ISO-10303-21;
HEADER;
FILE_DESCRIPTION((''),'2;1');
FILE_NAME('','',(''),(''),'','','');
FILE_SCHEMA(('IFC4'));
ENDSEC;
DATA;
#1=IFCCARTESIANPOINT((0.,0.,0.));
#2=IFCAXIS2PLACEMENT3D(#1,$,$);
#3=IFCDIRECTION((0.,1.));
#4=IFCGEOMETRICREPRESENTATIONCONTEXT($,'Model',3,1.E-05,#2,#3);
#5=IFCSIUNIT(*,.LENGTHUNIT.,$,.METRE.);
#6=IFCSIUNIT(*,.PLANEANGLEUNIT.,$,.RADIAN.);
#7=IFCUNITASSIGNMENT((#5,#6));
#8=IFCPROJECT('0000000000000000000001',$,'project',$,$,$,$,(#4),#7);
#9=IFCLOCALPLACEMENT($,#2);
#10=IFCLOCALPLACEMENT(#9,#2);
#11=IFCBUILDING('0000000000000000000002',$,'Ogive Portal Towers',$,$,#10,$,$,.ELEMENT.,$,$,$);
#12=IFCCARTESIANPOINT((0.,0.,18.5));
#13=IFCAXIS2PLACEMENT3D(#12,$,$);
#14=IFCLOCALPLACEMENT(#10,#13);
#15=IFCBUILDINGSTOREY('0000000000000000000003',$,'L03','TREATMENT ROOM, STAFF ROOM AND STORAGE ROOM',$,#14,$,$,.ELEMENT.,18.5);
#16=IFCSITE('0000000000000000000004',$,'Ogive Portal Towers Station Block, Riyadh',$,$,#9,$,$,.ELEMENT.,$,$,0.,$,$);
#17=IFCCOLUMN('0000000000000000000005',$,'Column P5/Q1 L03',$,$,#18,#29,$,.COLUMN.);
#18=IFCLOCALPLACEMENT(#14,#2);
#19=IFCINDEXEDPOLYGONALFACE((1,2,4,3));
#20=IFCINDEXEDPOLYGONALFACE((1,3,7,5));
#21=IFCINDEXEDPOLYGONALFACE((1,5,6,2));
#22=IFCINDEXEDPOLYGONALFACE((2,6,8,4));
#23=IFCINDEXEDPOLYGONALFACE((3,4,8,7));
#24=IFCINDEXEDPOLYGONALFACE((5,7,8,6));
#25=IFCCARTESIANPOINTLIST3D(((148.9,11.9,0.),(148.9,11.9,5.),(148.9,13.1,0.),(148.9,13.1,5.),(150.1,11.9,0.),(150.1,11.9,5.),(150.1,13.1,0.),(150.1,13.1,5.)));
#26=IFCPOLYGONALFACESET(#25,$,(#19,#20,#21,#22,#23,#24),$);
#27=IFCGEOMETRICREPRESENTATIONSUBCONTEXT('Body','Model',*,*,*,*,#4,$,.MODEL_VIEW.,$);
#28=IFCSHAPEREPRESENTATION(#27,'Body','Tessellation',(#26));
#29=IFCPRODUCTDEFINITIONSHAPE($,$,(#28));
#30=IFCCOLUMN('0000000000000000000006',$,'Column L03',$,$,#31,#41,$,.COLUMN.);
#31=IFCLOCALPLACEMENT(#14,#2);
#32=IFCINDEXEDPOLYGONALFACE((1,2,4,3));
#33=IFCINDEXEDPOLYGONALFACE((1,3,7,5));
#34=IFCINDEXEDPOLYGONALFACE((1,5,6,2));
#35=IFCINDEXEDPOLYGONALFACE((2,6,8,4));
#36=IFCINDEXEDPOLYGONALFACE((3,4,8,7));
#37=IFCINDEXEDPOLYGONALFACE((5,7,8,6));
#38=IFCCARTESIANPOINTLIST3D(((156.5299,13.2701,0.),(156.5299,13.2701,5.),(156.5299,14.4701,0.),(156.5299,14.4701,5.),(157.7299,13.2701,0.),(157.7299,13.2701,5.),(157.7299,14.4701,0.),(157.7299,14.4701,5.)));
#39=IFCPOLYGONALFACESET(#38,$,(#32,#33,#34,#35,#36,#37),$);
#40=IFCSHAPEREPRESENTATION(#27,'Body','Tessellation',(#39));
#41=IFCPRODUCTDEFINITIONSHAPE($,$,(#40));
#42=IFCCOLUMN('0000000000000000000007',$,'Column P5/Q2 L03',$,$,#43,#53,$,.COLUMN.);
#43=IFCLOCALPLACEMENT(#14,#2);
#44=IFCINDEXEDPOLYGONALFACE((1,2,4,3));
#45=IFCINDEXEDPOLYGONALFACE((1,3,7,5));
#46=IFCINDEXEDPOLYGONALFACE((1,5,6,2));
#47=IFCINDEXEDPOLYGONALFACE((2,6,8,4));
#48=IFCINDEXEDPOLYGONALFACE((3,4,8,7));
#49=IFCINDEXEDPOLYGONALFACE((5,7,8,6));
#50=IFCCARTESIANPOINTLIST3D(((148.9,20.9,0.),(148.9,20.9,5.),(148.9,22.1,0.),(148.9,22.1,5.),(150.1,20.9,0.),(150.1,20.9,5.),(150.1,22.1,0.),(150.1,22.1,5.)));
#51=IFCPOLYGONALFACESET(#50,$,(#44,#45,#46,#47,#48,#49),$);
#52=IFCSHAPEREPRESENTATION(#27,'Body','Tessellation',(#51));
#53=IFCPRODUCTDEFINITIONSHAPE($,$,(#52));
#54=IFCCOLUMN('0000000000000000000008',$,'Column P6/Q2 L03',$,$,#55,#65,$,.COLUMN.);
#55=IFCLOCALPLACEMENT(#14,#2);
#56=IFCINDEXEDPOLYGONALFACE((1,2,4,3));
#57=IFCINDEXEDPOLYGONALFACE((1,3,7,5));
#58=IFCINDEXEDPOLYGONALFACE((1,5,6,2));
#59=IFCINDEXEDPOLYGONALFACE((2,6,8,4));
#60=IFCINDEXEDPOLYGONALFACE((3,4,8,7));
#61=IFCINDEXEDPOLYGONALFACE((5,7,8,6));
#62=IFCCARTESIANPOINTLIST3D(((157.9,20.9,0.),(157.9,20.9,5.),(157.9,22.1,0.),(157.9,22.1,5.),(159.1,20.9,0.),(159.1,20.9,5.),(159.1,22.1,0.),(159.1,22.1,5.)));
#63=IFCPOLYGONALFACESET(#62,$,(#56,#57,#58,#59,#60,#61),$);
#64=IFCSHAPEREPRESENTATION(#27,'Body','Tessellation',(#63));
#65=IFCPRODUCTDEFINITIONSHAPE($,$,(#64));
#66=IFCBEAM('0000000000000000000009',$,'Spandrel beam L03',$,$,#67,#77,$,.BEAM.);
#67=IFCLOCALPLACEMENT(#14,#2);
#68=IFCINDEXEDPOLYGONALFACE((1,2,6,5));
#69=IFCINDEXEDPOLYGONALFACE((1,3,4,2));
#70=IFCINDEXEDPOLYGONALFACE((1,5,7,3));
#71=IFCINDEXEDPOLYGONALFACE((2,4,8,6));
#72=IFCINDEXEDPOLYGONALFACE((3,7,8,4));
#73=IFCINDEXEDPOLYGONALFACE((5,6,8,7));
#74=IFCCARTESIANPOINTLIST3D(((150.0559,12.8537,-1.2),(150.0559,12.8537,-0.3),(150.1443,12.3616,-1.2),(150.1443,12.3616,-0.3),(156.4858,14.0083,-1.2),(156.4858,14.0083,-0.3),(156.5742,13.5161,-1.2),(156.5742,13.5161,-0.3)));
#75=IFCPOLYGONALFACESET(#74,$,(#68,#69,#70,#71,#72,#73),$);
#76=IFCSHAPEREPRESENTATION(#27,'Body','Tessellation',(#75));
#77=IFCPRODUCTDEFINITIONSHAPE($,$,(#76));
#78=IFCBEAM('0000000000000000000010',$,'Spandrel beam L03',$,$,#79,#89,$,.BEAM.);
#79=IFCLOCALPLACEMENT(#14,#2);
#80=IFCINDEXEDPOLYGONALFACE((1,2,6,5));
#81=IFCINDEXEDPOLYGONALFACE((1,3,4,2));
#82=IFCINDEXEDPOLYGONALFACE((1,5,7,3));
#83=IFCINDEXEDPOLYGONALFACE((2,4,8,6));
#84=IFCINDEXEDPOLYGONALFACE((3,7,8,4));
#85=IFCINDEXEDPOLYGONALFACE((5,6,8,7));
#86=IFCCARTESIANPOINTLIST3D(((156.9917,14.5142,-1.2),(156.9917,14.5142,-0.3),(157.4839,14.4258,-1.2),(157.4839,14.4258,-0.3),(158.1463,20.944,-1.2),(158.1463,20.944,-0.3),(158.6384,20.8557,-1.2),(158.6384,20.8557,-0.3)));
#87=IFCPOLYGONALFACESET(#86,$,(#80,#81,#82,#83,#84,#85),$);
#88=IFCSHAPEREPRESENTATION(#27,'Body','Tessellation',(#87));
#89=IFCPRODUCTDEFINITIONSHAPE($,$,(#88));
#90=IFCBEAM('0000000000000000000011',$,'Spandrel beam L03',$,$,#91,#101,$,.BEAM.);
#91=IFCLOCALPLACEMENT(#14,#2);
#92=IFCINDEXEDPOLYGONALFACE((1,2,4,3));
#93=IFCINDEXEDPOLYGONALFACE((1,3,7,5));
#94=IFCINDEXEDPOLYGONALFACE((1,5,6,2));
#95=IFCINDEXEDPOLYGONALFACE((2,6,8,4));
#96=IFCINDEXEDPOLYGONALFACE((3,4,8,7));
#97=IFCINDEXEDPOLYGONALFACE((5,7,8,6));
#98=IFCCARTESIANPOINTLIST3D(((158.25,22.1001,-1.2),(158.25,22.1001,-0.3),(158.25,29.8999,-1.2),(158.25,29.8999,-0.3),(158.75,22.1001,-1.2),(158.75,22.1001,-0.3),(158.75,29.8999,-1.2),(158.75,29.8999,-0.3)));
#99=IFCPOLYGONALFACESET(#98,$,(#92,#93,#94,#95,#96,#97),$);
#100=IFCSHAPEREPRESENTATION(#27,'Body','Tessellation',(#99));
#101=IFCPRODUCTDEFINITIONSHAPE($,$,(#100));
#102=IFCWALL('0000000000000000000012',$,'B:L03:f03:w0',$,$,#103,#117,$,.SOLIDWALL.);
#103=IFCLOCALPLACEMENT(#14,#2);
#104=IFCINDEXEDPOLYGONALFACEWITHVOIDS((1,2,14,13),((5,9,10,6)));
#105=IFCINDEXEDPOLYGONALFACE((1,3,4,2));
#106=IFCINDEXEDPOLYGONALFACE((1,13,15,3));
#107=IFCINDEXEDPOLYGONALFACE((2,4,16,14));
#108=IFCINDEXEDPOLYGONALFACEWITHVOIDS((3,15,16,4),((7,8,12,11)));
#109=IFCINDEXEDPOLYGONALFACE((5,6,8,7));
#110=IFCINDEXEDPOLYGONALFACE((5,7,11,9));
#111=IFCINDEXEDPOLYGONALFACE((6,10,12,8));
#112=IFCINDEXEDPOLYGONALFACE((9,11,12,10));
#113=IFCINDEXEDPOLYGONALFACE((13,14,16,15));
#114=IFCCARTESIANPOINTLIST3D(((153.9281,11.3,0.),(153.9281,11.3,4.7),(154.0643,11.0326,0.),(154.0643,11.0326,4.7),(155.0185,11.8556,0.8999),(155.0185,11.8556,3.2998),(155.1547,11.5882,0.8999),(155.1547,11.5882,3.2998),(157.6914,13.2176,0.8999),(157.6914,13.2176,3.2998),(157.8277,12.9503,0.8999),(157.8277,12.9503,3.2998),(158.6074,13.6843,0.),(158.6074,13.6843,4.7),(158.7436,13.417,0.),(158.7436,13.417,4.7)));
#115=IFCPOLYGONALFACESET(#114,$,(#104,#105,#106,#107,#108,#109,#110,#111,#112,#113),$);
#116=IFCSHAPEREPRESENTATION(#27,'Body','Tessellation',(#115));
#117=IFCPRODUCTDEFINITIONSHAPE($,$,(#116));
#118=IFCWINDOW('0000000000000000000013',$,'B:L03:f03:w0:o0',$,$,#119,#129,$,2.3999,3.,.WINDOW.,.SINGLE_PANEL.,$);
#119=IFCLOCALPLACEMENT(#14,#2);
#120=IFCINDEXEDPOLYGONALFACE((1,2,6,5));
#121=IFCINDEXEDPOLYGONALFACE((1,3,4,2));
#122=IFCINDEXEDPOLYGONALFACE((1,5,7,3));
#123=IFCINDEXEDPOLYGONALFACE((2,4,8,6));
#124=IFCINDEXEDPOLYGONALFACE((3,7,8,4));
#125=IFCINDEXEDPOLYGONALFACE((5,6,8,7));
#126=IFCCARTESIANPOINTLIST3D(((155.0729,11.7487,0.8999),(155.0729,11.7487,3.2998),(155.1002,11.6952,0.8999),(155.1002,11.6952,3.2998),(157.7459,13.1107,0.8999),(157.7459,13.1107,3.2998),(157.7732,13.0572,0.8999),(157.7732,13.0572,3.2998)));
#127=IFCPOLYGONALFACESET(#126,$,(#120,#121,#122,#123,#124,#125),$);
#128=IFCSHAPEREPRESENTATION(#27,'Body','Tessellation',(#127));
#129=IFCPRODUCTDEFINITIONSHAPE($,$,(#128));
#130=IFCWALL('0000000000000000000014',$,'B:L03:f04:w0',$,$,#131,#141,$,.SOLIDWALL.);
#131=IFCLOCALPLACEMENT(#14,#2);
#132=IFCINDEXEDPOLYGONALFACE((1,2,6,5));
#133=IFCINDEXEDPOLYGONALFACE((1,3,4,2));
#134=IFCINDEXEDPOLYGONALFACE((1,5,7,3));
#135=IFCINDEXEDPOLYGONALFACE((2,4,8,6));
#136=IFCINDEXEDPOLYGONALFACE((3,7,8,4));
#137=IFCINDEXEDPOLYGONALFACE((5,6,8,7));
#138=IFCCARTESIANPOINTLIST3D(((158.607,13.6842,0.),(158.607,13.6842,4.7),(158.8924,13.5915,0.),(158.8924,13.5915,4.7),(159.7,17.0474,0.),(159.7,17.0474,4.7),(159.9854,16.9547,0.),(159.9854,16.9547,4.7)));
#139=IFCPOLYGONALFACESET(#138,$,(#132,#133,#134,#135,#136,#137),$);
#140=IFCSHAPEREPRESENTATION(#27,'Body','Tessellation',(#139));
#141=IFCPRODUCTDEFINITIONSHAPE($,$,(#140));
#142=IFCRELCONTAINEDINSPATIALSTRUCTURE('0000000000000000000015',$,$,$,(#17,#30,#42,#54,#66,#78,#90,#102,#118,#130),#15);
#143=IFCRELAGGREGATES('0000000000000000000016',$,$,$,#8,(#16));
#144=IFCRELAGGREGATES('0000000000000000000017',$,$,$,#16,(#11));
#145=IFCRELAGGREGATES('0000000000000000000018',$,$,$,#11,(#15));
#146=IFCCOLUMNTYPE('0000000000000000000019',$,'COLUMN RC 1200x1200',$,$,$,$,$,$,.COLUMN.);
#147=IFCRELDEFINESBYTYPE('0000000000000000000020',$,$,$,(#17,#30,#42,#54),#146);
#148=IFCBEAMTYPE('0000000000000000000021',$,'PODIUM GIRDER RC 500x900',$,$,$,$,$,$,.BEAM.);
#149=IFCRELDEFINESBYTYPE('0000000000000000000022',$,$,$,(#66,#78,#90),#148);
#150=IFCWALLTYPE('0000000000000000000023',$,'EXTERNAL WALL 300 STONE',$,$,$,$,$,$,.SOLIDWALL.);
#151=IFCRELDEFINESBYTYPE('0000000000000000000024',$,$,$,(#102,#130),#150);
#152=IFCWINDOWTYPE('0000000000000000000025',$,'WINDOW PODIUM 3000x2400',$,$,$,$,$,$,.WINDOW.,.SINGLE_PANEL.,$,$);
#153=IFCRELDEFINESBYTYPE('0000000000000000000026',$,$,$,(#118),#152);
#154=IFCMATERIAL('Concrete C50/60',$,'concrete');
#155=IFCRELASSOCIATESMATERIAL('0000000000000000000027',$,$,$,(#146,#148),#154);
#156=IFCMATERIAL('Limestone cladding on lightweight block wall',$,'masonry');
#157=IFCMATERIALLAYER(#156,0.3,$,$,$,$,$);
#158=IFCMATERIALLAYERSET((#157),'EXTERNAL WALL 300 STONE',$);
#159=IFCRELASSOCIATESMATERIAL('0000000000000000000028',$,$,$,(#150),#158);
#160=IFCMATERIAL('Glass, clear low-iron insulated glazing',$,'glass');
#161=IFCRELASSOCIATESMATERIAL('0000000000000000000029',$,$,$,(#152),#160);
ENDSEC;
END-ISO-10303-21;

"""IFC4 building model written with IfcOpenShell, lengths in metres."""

from ifc_helpers import new_model, si_unit, direction, frame, frame_2d, origin, origin_2d, place, context, subcontext, project, spatial, rectangle, extrude, material, layer, layer_set, material_profile, profile_set, type_object, element, fill, save


model = new_model("IFC4")

# Units and contexts
model_context = context("Model", 3, precision=1e-05, world=origin(), true_north=direction((0.0, 1.0)))
body_context = subcontext(model_context, "Body", "Model", "MODEL_VIEW")
ifc_project = project(units=[si_unit("LENGTHUNIT", "METRE"), si_unit("PLANEANGLEUNIT", "RADIAN")], contexts=[model_context])

# Site, building, storey
site_placement = place(None, origin())
site = spatial("IfcSite", under=ifc_project, at=site_placement, Name="Ogive Portal Towers Station Block, Riyadh", CompositionType="ELEMENT", RefElevation=0.0)
building_placement = place(site_placement, origin())
building = spatial("IfcBuilding", under=site, at=building_placement, Name="Ogive Portal Towers", CompositionType="ELEMENT")
storey_placement = place(building_placement, frame((0.0, 0.0, 18.5)))
storey = spatial("IfcBuildingStorey", under=building, at=storey_placement, Name="L03", Description="TREATMENT ROOM, STAFF ROOM AND STORAGE ROOM", CompositionType="ELEMENT", Elevation=18.5)

# Columns
ifc_material_1 = material(Name="Concrete C50/60", Category="concrete")
ifc_material_profile_1 = material_profile(ifc_material_1, rectangle(XDim=1.2, YDim=1.2, at=origin_2d()), Name="RC 1200x1200")
ifc_profile_set_1 = profile_set([ifc_material_profile_1], Name="Concrete C50/60")
column_type = type_object("IfcColumnType", Name="COLUMN RC 1200x1200", PredefinedType="COLUMN", material=ifc_profile_set_1)
for number, where, z_axis, x_axis, name in (
    (1, (149.5, 12.5, 0.0), (0.0, 0.0, 1.0), (1.0, 0.0, 0.0), "Column P5/Q1 L03"),
    (2, (157.1299, 13.8701, 0.0), (0.0, 0.0, 1.0), (1.0, 0.0, 0.0), "Column L03"),
    (3, (149.5, 21.5, 0.0), (0.0, 0.0, 1.0), (1.0, 0.0, 0.0), "Column P5/Q2 L03"),
    (4, (158.5, 21.5, 0.0), (0.0, 0.0, 1.0), (1.0, 0.0, 0.0), "Column P6/Q2 L03"),
):
    element("IfcColumn", number, at=place(storey_placement, frame(where, z_axis=z_axis, x_axis=x_axis)), inside=storey, type_object=column_type, Name=name, PredefinedType="COLUMN", context=body_context, shape_type="SweptSolid", body=[
        extrude(rectangle(XDim=1.2, YDim=1.2, at=origin_2d()), origin(), (0.0, 0.0, 1.0), 5.0),
    ])

# Beams
ifc_material_profile_2 = material_profile(ifc_material_1, rectangle(XDim=0.5, YDim=0.8999, at=origin_2d()), Name="RC 500x900")
ifc_profile_set_2 = profile_set([ifc_material_profile_2], Name="Concrete C50/60")
beam_type = type_object("IfcBeamType", Name="PODIUM GIRDER RC 500x900", PredefinedType="BEAM", material=ifc_profile_set_2)
for number, where, z_axis, x_axis, name in (
    (5, (150.1001, 12.6077, -0.75), (0.984259, 0.176731, 0.0), (-0.176731, 0.984259, 0.0), "Spandrel beam L03"),
    (6, (157.2378, 14.47, -0.75), (0.176731, 0.984259, 0.0), (-0.984259, 0.176731, 0.0), "Spandrel beam L03"),
):
    element("IfcBeam", number, at=place(storey_placement, frame(where, z_axis=z_axis, x_axis=x_axis)), inside=storey, type_object=beam_type, Name=name, PredefinedType="BEAM", context=body_context, shape_type="SweptSolid", body=[
        extrude(rectangle(XDim=0.5, YDim=0.8999, at=origin_2d()), origin(), (0.0, 0.0, 1.0), 6.5327),
    ])
beam_placement = place(storey_placement, frame((158.5, 22.1001, -0.75), z_axis=(0.0, 1.0, 0.0), x_axis=(-1.0, 0.0, 0.0)))
element("IfcBeam", 7, at=beam_placement, inside=storey, type_object=beam_type, Name="Spandrel beam L03", PredefinedType="BEAM", context=body_context, shape_type="SweptSolid", body=[
    extrude(rectangle(XDim=0.5, YDim=0.8999, at=origin_2d()), origin(), (0.0, 0.0, 1.0), 7.7998),
])

# Wall, opening, window
ifc_material_2 = material(Name="Limestone cladding on lightweight block wall", Category="masonry")
ifc_layer_1 = layer(ifc_material_2, 0.3)
ifc_layer_set_1 = layer_set([ifc_layer_1], Name="EXTERNAL WALL 300 STONE")
wall_type_1 = type_object("IfcWallType", Name="EXTERNAL WALL 300 STONE", PredefinedType="SOLIDWALL", material=ifc_layer_set_1)
wall_1_placement = place(storey_placement, frame((153.9961, 11.1663, 0.0), z_axis=(0.0, 0.0, 1.0), x_axis=(0.890998, 0.454007, 0.0)))
wall_1 = element("IfcWall", 8, at=wall_1_placement, inside=storey, type_object=wall_type_1, Name="B:L03:f03:w0", PredefinedType="SOLIDWALL", context=body_context, shape_type="SweptSolid", body=[
    extrude(rectangle(XDim=5.2517, YDim=0.3, at=frame_2d((2.626, 0.0))), origin(), (0.0, 0.0, 1.0), 4.7),
])
opening_1_placement = place(wall_1_placement, frame((1.2239, 0.0, 0.8999)))
opening_1 = element("IfcOpeningElement", 9, at=opening_1_placement, cuts=wall_1, PredefinedType="OPENING", context=body_context, shape_type="SweptSolid", body=[
    extrude(rectangle(XDim=3.0, YDim=2.3999, at=frame_2d((1.5, 1.2))), frame((0.0, 0.1602, 0.0), z_axis=(0.0, -1.0, 0.0), x_axis=(1.0, 0.0, 0.0)), (0.0, 0.0, 1.0), 0.3201),
])
ifc_material_3 = material(Name="Glass, clear low-iron insulated glazing", Category="glass")
window_type = type_object("IfcWindowType", Name="WINDOW PODIUM 3000x2400", PartitioningType="SINGLE_PANEL", PredefinedType="WINDOW", material=ifc_material_3)
window_1_placement = place(opening_1_placement, origin())
window_1 = element("IfcWindow", 10, at=window_1_placement, inside=storey, type_object=window_type, Name="B:L03:f03:w0:o0", OverallHeight=2.3999, OverallWidth=3.0, PartitioningType="SINGLE_PANEL", PredefinedType="WINDOW", context=body_context, shape_type="SweptSolid", body=[
    extrude(rectangle(XDim=3.0, YDim=2.3999, at=frame_2d((1.5, 1.2))), frame((0.0, 0.03, 0.0), z_axis=(0.0, -1.0, 0.0), x_axis=(1.0, 0.0, 0.0)), (0.0, 0.0, 1.0), 0.0601),
])
fill(opening_1, window_1)

# Wall
wall_2_placement = place(storey_placement, frame((158.7498, 13.6379, 0.0), z_axis=(0.0, 0.0, 1.0), x_axis=(0.309074, 0.951038, 0.0)))
element("IfcWall", 11, at=wall_2_placement, inside=storey, type_object=wall_type_1, Name="B:L03:f04:w0", PredefinedType="SOLIDWALL", context=body_context, shape_type="SweptSolid", body=[
    extrude(rectangle(XDim=3.5364, YDim=0.3, at=frame_2d((1.7681, 0.0))), origin(), (0.0, 0.0, 1.0), 4.7),
])

save(model, "model.ifc")
